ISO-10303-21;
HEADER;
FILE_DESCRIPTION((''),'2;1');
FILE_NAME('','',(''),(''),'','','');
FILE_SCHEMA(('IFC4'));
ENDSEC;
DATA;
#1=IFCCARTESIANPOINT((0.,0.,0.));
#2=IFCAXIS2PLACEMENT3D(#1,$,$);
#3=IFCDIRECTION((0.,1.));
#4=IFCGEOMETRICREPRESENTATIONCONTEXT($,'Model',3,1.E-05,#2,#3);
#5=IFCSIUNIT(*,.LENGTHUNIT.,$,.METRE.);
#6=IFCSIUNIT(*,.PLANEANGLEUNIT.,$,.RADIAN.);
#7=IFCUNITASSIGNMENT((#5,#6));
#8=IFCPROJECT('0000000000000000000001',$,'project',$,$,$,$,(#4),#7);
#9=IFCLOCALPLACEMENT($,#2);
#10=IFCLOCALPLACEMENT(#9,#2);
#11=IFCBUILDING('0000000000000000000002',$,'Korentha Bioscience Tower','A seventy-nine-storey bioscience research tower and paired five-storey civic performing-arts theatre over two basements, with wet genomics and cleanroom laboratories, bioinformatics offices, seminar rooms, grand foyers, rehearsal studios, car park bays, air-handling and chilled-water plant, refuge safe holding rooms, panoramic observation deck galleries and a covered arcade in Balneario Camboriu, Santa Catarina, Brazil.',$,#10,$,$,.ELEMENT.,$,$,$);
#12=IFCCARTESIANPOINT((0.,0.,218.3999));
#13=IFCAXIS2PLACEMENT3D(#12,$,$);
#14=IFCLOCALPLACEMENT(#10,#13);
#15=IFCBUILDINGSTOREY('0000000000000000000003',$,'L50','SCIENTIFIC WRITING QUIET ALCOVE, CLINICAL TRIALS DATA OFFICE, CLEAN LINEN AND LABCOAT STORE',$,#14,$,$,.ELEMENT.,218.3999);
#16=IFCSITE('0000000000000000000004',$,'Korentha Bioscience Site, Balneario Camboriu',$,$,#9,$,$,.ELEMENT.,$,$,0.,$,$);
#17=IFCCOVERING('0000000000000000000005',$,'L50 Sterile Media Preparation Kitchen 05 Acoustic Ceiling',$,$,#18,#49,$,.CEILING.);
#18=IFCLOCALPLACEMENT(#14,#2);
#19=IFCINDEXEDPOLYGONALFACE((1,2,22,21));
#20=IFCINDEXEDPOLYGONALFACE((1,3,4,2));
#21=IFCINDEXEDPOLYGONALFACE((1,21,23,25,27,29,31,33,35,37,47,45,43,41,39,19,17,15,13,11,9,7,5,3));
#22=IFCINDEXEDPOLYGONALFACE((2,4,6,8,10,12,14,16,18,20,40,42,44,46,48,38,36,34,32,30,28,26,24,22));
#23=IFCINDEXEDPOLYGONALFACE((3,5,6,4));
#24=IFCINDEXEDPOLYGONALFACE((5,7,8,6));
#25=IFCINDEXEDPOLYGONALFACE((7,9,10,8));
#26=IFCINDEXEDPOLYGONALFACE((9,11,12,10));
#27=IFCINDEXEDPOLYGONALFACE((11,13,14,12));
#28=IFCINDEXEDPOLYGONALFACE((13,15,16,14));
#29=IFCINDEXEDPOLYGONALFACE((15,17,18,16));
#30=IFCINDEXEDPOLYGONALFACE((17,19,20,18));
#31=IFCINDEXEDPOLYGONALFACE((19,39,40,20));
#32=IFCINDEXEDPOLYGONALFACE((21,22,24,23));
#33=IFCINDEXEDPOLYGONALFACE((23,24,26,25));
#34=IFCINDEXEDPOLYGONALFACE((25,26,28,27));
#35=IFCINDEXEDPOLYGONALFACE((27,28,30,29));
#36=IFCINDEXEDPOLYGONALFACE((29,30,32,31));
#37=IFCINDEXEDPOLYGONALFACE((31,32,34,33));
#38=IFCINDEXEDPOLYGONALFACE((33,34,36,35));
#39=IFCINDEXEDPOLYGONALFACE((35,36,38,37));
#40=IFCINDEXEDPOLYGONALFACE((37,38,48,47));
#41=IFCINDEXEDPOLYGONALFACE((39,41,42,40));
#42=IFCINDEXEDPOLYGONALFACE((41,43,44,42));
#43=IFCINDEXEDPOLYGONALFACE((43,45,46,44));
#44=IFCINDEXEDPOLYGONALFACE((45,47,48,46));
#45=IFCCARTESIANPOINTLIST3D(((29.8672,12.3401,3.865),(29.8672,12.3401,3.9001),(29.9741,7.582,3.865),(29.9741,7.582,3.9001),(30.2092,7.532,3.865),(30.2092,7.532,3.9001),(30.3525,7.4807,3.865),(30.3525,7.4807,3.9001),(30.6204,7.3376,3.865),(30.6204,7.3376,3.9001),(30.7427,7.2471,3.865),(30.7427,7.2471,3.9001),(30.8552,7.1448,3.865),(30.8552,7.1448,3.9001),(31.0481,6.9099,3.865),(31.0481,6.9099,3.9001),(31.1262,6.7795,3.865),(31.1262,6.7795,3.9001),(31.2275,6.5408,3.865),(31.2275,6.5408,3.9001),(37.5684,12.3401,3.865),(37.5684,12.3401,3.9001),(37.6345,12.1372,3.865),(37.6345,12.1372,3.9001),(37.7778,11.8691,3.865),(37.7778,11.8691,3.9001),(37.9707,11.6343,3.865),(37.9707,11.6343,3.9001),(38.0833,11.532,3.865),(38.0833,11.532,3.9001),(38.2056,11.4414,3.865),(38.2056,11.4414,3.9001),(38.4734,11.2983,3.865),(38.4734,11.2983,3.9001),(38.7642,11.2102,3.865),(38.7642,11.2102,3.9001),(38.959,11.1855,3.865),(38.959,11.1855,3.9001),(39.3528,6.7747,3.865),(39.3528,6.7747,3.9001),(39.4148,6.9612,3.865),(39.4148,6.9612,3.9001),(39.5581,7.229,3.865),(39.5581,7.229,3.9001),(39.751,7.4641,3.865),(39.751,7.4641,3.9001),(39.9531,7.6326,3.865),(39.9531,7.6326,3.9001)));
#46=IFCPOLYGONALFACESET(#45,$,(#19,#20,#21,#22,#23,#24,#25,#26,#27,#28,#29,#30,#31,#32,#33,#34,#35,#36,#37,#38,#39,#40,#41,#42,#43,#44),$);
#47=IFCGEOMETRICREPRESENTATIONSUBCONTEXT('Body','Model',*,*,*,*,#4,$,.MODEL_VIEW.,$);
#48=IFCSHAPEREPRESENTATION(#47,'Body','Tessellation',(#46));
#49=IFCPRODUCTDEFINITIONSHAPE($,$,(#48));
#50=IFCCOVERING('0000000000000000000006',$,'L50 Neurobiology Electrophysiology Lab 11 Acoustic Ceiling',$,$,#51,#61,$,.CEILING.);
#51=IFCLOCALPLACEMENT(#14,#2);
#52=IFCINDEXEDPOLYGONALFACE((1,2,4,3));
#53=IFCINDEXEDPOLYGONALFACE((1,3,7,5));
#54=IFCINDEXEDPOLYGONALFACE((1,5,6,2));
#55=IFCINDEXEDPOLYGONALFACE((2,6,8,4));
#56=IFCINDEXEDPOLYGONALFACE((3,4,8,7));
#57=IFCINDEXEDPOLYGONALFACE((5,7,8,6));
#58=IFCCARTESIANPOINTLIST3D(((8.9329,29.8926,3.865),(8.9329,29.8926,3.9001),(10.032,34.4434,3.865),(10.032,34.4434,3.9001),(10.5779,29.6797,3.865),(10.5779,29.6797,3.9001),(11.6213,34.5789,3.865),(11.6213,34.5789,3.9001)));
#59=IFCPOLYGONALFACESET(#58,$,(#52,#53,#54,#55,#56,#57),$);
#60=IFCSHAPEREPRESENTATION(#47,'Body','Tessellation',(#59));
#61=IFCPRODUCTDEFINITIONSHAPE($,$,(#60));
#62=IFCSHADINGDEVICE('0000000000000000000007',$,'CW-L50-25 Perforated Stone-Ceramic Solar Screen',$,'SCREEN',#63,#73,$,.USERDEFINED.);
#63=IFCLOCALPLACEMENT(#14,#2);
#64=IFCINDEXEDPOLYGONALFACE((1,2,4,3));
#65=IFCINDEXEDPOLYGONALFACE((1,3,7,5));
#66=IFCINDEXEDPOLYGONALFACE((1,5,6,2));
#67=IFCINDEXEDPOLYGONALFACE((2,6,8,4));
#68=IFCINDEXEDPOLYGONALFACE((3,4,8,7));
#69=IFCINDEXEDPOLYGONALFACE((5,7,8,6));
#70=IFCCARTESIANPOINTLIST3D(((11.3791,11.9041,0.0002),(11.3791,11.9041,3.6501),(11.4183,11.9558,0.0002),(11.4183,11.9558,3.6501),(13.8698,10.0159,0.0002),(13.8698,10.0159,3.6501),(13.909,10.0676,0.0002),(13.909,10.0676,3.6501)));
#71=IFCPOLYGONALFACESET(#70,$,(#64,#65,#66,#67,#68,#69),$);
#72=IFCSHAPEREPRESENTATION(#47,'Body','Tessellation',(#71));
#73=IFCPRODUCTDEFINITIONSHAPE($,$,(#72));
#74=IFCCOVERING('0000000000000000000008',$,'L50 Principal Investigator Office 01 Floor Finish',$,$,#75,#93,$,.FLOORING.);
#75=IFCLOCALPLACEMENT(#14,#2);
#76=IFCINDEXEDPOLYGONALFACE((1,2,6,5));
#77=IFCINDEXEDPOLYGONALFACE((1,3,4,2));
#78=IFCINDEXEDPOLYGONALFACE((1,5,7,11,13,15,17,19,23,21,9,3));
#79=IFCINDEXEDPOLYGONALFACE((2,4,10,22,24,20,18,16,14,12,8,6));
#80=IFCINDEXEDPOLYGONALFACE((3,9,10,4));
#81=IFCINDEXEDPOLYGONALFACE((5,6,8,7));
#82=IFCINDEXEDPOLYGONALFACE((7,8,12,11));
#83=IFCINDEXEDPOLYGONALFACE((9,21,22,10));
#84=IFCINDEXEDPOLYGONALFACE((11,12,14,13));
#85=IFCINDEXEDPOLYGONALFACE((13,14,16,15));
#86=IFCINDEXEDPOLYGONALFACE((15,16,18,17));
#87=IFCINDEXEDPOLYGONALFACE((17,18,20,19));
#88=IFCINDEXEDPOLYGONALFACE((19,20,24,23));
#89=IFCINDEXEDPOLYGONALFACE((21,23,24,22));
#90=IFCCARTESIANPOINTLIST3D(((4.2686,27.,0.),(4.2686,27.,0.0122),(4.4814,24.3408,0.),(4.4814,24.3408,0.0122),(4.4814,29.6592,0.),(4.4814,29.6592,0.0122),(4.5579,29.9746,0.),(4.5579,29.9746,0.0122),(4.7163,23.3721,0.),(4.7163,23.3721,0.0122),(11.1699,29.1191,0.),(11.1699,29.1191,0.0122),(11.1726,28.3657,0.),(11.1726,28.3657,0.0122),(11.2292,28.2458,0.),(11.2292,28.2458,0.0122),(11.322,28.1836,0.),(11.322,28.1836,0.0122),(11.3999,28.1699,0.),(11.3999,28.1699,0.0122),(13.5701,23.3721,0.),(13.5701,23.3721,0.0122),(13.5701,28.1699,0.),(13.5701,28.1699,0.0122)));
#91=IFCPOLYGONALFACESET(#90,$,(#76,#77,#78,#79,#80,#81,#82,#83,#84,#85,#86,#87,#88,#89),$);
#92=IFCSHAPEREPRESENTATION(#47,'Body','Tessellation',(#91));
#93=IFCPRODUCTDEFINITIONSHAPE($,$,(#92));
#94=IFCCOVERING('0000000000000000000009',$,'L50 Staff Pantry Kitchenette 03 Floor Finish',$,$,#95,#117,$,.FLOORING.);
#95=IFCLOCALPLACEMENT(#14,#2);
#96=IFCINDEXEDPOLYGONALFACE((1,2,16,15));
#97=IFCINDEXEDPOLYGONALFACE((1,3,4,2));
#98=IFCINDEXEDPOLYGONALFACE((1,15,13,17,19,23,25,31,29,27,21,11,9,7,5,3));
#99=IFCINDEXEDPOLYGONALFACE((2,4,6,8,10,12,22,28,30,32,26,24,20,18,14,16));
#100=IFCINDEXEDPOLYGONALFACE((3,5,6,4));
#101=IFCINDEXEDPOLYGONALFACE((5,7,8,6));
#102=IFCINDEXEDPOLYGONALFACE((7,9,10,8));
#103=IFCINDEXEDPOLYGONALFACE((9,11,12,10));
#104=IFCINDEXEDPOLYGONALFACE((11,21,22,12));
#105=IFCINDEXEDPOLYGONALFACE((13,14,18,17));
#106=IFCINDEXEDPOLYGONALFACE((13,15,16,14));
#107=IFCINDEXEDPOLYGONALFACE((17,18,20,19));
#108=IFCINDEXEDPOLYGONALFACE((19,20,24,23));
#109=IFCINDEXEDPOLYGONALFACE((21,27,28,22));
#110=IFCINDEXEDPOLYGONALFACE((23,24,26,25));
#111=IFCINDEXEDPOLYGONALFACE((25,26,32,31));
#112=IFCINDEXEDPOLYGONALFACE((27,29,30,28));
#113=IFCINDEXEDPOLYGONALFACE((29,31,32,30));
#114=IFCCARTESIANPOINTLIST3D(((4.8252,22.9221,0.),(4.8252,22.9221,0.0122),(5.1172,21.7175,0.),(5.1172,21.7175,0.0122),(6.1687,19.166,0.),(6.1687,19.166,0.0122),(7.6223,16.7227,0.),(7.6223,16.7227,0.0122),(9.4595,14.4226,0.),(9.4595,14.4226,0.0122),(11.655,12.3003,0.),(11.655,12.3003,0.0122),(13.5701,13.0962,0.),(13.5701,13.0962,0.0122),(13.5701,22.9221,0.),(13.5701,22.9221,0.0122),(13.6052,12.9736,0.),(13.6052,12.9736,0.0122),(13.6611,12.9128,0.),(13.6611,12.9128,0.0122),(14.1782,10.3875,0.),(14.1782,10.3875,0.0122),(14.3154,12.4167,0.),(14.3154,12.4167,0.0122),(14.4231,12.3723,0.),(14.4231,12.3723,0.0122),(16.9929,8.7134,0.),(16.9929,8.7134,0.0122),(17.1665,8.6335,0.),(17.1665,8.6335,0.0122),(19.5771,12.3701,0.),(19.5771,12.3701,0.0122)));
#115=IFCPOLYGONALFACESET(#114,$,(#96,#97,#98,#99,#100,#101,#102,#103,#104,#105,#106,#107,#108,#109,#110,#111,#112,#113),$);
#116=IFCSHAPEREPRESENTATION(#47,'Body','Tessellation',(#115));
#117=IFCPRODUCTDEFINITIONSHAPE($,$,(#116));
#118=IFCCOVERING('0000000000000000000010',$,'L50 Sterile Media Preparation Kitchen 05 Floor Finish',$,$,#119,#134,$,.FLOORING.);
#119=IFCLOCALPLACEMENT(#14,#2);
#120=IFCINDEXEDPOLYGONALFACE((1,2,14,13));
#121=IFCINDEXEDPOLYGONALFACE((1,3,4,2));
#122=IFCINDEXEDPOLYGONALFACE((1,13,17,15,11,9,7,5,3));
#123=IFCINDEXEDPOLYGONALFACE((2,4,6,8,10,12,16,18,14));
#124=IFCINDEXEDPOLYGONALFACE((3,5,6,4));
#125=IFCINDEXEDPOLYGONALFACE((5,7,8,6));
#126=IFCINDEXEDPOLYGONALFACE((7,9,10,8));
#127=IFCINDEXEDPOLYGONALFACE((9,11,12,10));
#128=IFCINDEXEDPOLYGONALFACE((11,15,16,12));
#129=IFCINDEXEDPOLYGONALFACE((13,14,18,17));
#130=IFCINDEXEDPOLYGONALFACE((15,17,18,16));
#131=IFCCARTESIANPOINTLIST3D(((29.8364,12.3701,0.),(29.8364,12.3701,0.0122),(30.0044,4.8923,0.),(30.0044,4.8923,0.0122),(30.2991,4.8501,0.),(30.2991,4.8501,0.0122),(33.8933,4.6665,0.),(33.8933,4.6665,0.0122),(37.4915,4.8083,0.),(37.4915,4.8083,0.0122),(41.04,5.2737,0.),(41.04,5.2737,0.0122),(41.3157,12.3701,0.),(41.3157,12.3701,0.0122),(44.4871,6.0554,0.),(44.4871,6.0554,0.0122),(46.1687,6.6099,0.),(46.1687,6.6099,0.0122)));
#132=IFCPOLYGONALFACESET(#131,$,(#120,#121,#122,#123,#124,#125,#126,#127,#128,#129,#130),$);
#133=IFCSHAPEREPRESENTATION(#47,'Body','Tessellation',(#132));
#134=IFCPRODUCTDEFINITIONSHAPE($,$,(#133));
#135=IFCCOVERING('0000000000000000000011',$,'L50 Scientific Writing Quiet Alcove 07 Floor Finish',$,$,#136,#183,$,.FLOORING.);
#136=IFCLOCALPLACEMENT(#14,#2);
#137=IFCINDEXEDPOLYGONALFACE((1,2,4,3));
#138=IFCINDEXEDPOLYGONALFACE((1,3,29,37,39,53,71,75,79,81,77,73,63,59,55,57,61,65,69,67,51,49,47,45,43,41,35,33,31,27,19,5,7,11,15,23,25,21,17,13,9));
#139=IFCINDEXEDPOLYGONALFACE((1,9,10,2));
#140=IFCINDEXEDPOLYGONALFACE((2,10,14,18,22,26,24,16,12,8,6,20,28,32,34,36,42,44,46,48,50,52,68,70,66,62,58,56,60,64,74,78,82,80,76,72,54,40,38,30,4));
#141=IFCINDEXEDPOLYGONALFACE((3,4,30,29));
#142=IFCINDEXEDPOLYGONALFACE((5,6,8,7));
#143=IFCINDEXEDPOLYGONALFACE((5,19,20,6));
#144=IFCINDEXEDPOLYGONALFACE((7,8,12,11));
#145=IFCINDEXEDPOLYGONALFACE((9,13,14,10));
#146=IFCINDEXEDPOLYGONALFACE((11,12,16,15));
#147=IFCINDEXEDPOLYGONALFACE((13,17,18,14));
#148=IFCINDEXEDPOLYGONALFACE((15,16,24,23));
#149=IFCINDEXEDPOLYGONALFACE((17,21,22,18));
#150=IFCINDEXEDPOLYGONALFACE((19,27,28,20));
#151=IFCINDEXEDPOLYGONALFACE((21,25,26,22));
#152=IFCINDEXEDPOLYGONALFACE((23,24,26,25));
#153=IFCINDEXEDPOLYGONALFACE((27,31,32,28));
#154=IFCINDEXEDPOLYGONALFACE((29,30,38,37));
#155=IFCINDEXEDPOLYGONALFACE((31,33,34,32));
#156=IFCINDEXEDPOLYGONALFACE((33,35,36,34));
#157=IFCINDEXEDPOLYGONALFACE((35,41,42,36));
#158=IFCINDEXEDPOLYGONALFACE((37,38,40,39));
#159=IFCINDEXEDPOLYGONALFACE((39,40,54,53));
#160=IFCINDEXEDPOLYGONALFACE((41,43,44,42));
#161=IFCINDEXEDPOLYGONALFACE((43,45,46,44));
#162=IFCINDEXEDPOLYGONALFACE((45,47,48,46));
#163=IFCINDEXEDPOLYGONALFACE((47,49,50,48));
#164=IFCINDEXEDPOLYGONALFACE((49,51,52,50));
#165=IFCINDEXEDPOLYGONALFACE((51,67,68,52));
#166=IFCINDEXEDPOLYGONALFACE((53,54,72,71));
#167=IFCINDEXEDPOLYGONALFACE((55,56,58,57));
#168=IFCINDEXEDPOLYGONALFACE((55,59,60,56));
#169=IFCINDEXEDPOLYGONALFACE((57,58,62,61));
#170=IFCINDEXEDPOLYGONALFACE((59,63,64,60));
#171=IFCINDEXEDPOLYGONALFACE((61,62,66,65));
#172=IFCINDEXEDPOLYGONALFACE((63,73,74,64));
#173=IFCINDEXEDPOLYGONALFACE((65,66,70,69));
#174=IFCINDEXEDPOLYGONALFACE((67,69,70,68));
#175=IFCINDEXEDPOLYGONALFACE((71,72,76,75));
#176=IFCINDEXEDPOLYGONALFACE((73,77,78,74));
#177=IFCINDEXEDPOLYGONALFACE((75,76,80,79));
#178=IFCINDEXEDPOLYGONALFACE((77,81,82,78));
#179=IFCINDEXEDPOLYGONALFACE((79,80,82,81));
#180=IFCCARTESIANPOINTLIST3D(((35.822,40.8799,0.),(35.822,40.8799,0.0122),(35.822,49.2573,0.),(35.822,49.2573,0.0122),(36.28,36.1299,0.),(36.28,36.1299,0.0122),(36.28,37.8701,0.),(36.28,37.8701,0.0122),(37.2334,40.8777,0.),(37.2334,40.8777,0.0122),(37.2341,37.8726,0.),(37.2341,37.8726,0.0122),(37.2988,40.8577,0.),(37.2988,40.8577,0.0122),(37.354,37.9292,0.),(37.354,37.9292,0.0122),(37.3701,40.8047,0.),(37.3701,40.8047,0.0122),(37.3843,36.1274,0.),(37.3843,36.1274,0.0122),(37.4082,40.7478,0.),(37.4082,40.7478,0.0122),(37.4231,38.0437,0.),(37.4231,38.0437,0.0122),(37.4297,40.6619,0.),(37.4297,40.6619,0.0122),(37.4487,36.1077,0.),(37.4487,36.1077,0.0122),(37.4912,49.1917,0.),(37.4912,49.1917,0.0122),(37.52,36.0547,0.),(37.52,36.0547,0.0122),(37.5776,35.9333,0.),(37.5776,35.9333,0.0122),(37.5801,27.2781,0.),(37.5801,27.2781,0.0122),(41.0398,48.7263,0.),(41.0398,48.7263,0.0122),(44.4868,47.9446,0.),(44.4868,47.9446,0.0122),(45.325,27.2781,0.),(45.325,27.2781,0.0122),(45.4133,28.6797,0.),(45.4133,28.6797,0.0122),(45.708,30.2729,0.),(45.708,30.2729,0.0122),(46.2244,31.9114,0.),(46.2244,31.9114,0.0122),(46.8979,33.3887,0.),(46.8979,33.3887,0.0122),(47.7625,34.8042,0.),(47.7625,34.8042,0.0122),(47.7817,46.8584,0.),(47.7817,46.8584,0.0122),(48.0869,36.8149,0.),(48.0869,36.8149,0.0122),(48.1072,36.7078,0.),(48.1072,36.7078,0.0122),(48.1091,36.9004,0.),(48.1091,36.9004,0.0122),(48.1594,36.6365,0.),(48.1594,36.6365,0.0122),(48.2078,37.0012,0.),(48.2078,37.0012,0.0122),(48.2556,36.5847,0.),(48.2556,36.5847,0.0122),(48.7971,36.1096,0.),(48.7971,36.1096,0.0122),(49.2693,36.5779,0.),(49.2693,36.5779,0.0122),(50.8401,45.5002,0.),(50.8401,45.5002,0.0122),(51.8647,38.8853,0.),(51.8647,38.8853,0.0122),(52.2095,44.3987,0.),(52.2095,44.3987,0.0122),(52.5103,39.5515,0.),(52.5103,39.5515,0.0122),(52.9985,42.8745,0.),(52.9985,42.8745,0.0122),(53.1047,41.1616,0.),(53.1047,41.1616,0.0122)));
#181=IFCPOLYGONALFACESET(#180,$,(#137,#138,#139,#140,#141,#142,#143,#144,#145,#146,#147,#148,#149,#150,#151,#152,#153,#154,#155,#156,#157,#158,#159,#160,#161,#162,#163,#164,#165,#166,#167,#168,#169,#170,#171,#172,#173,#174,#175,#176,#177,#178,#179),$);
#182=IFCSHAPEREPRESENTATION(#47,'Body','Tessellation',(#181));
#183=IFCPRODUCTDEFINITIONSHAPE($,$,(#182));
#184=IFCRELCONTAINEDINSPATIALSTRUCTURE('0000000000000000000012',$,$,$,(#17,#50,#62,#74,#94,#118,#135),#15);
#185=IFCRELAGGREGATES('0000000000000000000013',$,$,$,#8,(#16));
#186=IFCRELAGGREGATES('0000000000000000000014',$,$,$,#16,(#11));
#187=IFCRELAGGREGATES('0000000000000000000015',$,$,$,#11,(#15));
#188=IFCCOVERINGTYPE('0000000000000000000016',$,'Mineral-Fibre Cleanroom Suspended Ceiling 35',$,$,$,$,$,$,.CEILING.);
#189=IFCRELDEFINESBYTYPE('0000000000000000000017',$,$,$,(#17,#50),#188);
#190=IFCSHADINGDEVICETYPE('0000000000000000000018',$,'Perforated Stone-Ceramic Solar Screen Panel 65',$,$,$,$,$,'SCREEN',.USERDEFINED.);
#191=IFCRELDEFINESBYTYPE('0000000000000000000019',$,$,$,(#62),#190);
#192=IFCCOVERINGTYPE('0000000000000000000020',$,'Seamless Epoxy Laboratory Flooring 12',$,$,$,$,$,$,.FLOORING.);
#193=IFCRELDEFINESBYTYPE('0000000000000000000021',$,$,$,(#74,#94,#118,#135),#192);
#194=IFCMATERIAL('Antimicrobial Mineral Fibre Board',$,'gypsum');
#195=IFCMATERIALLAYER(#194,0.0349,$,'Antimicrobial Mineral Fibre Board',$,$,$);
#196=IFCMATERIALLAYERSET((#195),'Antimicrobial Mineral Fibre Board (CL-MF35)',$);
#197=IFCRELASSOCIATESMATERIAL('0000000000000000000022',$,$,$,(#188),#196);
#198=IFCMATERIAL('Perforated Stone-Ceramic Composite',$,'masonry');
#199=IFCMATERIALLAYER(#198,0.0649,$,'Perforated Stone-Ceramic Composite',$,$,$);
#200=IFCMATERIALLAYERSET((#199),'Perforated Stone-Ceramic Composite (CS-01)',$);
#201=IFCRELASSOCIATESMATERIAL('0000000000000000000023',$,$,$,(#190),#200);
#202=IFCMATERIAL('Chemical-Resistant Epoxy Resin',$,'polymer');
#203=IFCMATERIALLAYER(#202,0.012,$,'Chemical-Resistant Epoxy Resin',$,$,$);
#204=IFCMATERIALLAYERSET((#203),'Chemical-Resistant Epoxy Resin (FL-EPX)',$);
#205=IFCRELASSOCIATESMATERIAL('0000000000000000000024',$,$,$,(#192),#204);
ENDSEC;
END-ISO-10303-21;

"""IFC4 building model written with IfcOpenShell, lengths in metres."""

from ifc_helpers import new_model, si_unit, direction, frame, origin, origin_2d, place, context, subcontext, project, spatial, polyline, rectangle, outline, extrude, material, layer, layer_set, type_object, element, save


model = new_model("IFC4")

# Units and contexts
model_context = context("Model", 3, precision=1e-05, world=origin(), true_north=direction((0.0, 1.0)))
body_context = subcontext(model_context, "Body", "Model", "MODEL_VIEW")
ifc_project = project(units=[si_unit("LENGTHUNIT", "METRE"), si_unit("PLANEANGLEUNIT", "RADIAN")], contexts=[model_context])

# Site, building, storey
site_placement = place(None, origin())
site = spatial("IfcSite", under=ifc_project, at=site_placement, Name="Korentha Bioscience Site, Balneario Camboriu", CompositionType="ELEMENT", RefElevation=0.0)
building_placement = place(site_placement, origin())
building = spatial("IfcBuilding", under=site, at=building_placement, Name="Korentha Bioscience Tower", Description="A seventy-nine-storey bioscience research tower and paired five-storey civic performing-arts theatre over two basements, with wet genomics and cleanroom laboratories, bioinformatics offices, seminar rooms, grand foyers, rehearsal studios, car park bays, air-handling and chilled-water plant, refuge safe holding rooms, panoramic observation deck galleries and a covered arcade in Balneario Camboriu, Santa Catarina, Brazil.", CompositionType="ELEMENT")
storey_placement = place(building_placement, frame((0.0, 0.0, 218.3999)))
storey = spatial("IfcBuildingStorey", under=building, at=storey_placement, Name="L50", Description="SCIENTIFIC WRITING QUIET ALCOVE, CLINICAL TRIALS DATA OFFICE, CLEAN LINEN AND LABCOAT STORE", CompositionType="ELEMENT", Elevation=218.3999)

# Coverings
ifc_material_1 = material(Name="Antimicrobial Mineral Fibre Board", Category="gypsum")
ifc_layer_1 = layer(ifc_material_1, 0.0349, Name="Antimicrobial Mineral Fibre Board")
ifc_layer_set_1 = layer_set([ifc_layer_1], Name="Antimicrobial Mineral Fibre Board (CL-MF35)")
covering_type_1 = type_object("IfcCoveringType", Name="Mineral-Fibre Cleanroom Suspended Ceiling 35", PredefinedType="CEILING", material=ifc_layer_set_1)
covering_1_placement = place(storey_placement, frame((0.0, 0.0, 3.865)))
element("IfcCovering", 1, at=covering_1_placement, inside=storey, type_object=covering_type_1, Name="L50 Sterile Media Preparation Kitchen 05 Acoustic Ceiling", PredefinedType="CEILING", context=body_context, shape_type="SweptSolid", body=[
    extrude(outline(polyline([(39.9531, 7.6326), (39.751, 7.4641), (39.5581, 7.229), (39.4148, 6.9612), (39.3528, 6.7747), (31.2275, 6.5408), (31.1262, 6.7795), (31.0481, 6.9099), (30.8552, 7.1448), (30.7427, 7.2471), (30.6204, 7.3376), (30.3525, 7.4807), (30.2092, 7.532), (29.9741, 7.582), (29.8672, 12.3401), (37.5684, 12.3401), (37.6345, 12.1372), (37.7778, 11.8691), (37.9707, 11.6343), (38.0833, 11.532), (38.2056, 11.4414), (38.4734, 11.2983), (38.7642, 11.2102), (38.959, 11.1855), (39.9531, 7.6326)])), origin(), (0.0, 0.0, 1.0), 0.0352),
])
covering_2_placement = place(storey_placement, frame((0.0, 0.0, 3.865)))
element("IfcCovering", 2, at=covering_2_placement, inside=storey, type_object=covering_type_1, Name="L50 Neurobiology Electrophysiology Lab 11 Acoustic Ceiling", PredefinedType="CEILING", context=body_context, shape_type="SweptSolid", body=[
    extrude(outline(polyline([(10.032, 34.4434), (11.6213, 34.5789), (10.5779, 29.6797), (8.9329, 29.8926), (10.032, 34.4434)])), origin(), (0.0, 0.0, 1.0), 0.0352),
])

# Shading device
ifc_material_2 = material(Name="Perforated Stone-Ceramic Composite", Category="masonry")
ifc_layer_2 = layer(ifc_material_2, 0.0649, Name="Perforated Stone-Ceramic Composite")
ifc_layer_set_2 = layer_set([ifc_layer_2], Name="Perforated Stone-Ceramic Composite (CS-01)")
shading_device_type_1 = type_object("IfcShadingDeviceType", Name="Perforated Stone-Ceramic Solar Screen Panel 65", ElementType="SCREEN", PredefinedType="USERDEFINED", material=ifc_layer_set_2)
shading_device_1_placement = place(storey_placement, frame((12.644, 10.9858, 0.0002), z_axis=(0.0, 0.0, 1.0), x_axis=(0.796889, -0.604126, 0.0)))
element("IfcShadingDevice", 3, at=shading_device_1_placement, inside=storey, type_object=shading_device_type_1, Name="CW-L50-25 Perforated Stone-Ceramic Solar Screen", ObjectType="SCREEN", PredefinedType="USERDEFINED", context=body_context, shape_type="SweptSolid", body=[
    extrude(rectangle(XDim=3.1255, YDim=0.0649, at=origin_2d()), origin(), (0.0, 0.0, 1.0), 3.6499),
])

# Coverings
ifc_material_3 = material(Name="Chemical-Resistant Epoxy Resin", Category="polymer")
ifc_layer_3 = layer(ifc_material_3, 0.012, Name="Chemical-Resistant Epoxy Resin")
ifc_layer_set_3 = layer_set([ifc_layer_3], Name="Chemical-Resistant Epoxy Resin (FL-EPX)")
covering_type_2 = type_object("IfcCoveringType", Name="Seamless Epoxy Laboratory Flooring 12", PredefinedType="FLOORING", material=ifc_layer_set_3)
covering_3_placement = place(storey_placement, origin())
element("IfcCovering", 4, at=covering_3_placement, inside=storey, type_object=covering_type_2, Name="L50 Principal Investigator Office 01 Floor Finish", PredefinedType="FLOORING", context=body_context, shape_type="SweptSolid", body=[
    extrude(outline(polyline([(11.1699, 29.1191), (11.1726, 28.3657), (11.2292, 28.2458), (11.322, 28.1836), (11.3999, 28.1699), (13.5701, 28.1699), (13.5701, 23.3721), (4.7163, 23.3721), (4.4814, 24.3408), (4.2686, 27.0), (4.4814, 29.6592), (4.5579, 29.9746), (11.1699, 29.1191)])), origin(), (0.0, 0.0, 1.0), 0.0122),
])
covering_4_placement = place(storey_placement, origin())
element("IfcCovering", 5, at=covering_4_placement, inside=storey, type_object=covering_type_2, Name="L50 Staff Pantry Kitchenette 03 Floor Finish", PredefinedType="FLOORING", context=body_context, shape_type="SweptSolid", body=[
    extrude(outline(polyline([(9.4595, 14.4226), (7.6223, 16.7227), (6.1687, 19.166), (5.1172, 21.7175), (4.8252, 22.9221), (13.5701, 22.9221), (13.5701, 13.0962), (13.6052, 12.9736), (13.6611, 12.9128), (14.3154, 12.4167), (14.4231, 12.3723), (19.5771, 12.3701), (17.1665, 8.6335), (16.9929, 8.7134), (14.1782, 10.3875), (11.655, 12.3003), (9.4595, 14.4226)])), origin(), (0.0, 0.0, 1.0), 0.0122),
])
covering_5_placement = place(storey_placement, origin())
element("IfcCovering", 6, at=covering_5_placement, inside=storey, type_object=covering_type_2, Name="L50 Sterile Media Preparation Kitchen 05 Floor Finish", PredefinedType="FLOORING", context=body_context, shape_type="SweptSolid", body=[
    extrude(outline(polyline([(29.8364, 12.3701), (41.3157, 12.3701), (46.1687, 6.6099), (44.4871, 6.0554), (41.04, 5.2737), (37.4915, 4.8083), (33.8933, 4.6665), (30.2991, 4.8501), (30.0044, 4.8923), (29.8364, 12.3701)])), origin(), (0.0, 0.0, 1.0), 0.0122),
])
covering_6_placement = place(storey_placement, origin())
element("IfcCovering", 7, at=covering_6_placement, inside=storey, type_object=covering_type_2, Name="L50 Scientific Writing Quiet Alcove 07 Floor Finish", PredefinedType="FLOORING", context=body_context, shape_type="SweptSolid", body=[
    extrude(outline(polyline([(35.822, 49.2573), (37.4912, 49.1917), (41.0398, 48.7263), (44.4868, 47.9446), (47.7817, 46.8584), (50.8401, 45.5002), (52.2095, 44.3987), (52.9985, 42.8745), (53.1047, 41.1616), (52.5103, 39.5515), (51.8647, 38.8853), (48.2078, 37.0012), (48.1091, 36.9004), (48.0869, 36.8149), (48.1072, 36.7078), (48.1594, 36.6365), (48.2556, 36.5847), (49.2693, 36.5779), (48.7971, 36.1096), (47.7625, 34.8042), (46.8979, 33.3887), (46.2244, 31.9114), (45.708, 30.2729), (45.4133, 28.6797), (45.325, 27.2781), (37.5801, 27.2781), (37.5776, 35.9333), (37.52, 36.0547), (37.4487, 36.1077), (37.3843, 36.1274), (36.28, 36.1299), (36.28, 37.8701), (37.2341, 37.8726), (37.354, 37.9292), (37.4231, 38.0437), (37.4297, 40.6619), (37.4082, 40.7478), (37.3701, 40.8047), (37.2988, 40.8577), (37.2334, 40.8777), (35.822, 40.8799), (35.822, 49.2573)])), origin(), (0.0, 0.0, 1.0), 0.0122),
])

save(model, "model.ifc")
